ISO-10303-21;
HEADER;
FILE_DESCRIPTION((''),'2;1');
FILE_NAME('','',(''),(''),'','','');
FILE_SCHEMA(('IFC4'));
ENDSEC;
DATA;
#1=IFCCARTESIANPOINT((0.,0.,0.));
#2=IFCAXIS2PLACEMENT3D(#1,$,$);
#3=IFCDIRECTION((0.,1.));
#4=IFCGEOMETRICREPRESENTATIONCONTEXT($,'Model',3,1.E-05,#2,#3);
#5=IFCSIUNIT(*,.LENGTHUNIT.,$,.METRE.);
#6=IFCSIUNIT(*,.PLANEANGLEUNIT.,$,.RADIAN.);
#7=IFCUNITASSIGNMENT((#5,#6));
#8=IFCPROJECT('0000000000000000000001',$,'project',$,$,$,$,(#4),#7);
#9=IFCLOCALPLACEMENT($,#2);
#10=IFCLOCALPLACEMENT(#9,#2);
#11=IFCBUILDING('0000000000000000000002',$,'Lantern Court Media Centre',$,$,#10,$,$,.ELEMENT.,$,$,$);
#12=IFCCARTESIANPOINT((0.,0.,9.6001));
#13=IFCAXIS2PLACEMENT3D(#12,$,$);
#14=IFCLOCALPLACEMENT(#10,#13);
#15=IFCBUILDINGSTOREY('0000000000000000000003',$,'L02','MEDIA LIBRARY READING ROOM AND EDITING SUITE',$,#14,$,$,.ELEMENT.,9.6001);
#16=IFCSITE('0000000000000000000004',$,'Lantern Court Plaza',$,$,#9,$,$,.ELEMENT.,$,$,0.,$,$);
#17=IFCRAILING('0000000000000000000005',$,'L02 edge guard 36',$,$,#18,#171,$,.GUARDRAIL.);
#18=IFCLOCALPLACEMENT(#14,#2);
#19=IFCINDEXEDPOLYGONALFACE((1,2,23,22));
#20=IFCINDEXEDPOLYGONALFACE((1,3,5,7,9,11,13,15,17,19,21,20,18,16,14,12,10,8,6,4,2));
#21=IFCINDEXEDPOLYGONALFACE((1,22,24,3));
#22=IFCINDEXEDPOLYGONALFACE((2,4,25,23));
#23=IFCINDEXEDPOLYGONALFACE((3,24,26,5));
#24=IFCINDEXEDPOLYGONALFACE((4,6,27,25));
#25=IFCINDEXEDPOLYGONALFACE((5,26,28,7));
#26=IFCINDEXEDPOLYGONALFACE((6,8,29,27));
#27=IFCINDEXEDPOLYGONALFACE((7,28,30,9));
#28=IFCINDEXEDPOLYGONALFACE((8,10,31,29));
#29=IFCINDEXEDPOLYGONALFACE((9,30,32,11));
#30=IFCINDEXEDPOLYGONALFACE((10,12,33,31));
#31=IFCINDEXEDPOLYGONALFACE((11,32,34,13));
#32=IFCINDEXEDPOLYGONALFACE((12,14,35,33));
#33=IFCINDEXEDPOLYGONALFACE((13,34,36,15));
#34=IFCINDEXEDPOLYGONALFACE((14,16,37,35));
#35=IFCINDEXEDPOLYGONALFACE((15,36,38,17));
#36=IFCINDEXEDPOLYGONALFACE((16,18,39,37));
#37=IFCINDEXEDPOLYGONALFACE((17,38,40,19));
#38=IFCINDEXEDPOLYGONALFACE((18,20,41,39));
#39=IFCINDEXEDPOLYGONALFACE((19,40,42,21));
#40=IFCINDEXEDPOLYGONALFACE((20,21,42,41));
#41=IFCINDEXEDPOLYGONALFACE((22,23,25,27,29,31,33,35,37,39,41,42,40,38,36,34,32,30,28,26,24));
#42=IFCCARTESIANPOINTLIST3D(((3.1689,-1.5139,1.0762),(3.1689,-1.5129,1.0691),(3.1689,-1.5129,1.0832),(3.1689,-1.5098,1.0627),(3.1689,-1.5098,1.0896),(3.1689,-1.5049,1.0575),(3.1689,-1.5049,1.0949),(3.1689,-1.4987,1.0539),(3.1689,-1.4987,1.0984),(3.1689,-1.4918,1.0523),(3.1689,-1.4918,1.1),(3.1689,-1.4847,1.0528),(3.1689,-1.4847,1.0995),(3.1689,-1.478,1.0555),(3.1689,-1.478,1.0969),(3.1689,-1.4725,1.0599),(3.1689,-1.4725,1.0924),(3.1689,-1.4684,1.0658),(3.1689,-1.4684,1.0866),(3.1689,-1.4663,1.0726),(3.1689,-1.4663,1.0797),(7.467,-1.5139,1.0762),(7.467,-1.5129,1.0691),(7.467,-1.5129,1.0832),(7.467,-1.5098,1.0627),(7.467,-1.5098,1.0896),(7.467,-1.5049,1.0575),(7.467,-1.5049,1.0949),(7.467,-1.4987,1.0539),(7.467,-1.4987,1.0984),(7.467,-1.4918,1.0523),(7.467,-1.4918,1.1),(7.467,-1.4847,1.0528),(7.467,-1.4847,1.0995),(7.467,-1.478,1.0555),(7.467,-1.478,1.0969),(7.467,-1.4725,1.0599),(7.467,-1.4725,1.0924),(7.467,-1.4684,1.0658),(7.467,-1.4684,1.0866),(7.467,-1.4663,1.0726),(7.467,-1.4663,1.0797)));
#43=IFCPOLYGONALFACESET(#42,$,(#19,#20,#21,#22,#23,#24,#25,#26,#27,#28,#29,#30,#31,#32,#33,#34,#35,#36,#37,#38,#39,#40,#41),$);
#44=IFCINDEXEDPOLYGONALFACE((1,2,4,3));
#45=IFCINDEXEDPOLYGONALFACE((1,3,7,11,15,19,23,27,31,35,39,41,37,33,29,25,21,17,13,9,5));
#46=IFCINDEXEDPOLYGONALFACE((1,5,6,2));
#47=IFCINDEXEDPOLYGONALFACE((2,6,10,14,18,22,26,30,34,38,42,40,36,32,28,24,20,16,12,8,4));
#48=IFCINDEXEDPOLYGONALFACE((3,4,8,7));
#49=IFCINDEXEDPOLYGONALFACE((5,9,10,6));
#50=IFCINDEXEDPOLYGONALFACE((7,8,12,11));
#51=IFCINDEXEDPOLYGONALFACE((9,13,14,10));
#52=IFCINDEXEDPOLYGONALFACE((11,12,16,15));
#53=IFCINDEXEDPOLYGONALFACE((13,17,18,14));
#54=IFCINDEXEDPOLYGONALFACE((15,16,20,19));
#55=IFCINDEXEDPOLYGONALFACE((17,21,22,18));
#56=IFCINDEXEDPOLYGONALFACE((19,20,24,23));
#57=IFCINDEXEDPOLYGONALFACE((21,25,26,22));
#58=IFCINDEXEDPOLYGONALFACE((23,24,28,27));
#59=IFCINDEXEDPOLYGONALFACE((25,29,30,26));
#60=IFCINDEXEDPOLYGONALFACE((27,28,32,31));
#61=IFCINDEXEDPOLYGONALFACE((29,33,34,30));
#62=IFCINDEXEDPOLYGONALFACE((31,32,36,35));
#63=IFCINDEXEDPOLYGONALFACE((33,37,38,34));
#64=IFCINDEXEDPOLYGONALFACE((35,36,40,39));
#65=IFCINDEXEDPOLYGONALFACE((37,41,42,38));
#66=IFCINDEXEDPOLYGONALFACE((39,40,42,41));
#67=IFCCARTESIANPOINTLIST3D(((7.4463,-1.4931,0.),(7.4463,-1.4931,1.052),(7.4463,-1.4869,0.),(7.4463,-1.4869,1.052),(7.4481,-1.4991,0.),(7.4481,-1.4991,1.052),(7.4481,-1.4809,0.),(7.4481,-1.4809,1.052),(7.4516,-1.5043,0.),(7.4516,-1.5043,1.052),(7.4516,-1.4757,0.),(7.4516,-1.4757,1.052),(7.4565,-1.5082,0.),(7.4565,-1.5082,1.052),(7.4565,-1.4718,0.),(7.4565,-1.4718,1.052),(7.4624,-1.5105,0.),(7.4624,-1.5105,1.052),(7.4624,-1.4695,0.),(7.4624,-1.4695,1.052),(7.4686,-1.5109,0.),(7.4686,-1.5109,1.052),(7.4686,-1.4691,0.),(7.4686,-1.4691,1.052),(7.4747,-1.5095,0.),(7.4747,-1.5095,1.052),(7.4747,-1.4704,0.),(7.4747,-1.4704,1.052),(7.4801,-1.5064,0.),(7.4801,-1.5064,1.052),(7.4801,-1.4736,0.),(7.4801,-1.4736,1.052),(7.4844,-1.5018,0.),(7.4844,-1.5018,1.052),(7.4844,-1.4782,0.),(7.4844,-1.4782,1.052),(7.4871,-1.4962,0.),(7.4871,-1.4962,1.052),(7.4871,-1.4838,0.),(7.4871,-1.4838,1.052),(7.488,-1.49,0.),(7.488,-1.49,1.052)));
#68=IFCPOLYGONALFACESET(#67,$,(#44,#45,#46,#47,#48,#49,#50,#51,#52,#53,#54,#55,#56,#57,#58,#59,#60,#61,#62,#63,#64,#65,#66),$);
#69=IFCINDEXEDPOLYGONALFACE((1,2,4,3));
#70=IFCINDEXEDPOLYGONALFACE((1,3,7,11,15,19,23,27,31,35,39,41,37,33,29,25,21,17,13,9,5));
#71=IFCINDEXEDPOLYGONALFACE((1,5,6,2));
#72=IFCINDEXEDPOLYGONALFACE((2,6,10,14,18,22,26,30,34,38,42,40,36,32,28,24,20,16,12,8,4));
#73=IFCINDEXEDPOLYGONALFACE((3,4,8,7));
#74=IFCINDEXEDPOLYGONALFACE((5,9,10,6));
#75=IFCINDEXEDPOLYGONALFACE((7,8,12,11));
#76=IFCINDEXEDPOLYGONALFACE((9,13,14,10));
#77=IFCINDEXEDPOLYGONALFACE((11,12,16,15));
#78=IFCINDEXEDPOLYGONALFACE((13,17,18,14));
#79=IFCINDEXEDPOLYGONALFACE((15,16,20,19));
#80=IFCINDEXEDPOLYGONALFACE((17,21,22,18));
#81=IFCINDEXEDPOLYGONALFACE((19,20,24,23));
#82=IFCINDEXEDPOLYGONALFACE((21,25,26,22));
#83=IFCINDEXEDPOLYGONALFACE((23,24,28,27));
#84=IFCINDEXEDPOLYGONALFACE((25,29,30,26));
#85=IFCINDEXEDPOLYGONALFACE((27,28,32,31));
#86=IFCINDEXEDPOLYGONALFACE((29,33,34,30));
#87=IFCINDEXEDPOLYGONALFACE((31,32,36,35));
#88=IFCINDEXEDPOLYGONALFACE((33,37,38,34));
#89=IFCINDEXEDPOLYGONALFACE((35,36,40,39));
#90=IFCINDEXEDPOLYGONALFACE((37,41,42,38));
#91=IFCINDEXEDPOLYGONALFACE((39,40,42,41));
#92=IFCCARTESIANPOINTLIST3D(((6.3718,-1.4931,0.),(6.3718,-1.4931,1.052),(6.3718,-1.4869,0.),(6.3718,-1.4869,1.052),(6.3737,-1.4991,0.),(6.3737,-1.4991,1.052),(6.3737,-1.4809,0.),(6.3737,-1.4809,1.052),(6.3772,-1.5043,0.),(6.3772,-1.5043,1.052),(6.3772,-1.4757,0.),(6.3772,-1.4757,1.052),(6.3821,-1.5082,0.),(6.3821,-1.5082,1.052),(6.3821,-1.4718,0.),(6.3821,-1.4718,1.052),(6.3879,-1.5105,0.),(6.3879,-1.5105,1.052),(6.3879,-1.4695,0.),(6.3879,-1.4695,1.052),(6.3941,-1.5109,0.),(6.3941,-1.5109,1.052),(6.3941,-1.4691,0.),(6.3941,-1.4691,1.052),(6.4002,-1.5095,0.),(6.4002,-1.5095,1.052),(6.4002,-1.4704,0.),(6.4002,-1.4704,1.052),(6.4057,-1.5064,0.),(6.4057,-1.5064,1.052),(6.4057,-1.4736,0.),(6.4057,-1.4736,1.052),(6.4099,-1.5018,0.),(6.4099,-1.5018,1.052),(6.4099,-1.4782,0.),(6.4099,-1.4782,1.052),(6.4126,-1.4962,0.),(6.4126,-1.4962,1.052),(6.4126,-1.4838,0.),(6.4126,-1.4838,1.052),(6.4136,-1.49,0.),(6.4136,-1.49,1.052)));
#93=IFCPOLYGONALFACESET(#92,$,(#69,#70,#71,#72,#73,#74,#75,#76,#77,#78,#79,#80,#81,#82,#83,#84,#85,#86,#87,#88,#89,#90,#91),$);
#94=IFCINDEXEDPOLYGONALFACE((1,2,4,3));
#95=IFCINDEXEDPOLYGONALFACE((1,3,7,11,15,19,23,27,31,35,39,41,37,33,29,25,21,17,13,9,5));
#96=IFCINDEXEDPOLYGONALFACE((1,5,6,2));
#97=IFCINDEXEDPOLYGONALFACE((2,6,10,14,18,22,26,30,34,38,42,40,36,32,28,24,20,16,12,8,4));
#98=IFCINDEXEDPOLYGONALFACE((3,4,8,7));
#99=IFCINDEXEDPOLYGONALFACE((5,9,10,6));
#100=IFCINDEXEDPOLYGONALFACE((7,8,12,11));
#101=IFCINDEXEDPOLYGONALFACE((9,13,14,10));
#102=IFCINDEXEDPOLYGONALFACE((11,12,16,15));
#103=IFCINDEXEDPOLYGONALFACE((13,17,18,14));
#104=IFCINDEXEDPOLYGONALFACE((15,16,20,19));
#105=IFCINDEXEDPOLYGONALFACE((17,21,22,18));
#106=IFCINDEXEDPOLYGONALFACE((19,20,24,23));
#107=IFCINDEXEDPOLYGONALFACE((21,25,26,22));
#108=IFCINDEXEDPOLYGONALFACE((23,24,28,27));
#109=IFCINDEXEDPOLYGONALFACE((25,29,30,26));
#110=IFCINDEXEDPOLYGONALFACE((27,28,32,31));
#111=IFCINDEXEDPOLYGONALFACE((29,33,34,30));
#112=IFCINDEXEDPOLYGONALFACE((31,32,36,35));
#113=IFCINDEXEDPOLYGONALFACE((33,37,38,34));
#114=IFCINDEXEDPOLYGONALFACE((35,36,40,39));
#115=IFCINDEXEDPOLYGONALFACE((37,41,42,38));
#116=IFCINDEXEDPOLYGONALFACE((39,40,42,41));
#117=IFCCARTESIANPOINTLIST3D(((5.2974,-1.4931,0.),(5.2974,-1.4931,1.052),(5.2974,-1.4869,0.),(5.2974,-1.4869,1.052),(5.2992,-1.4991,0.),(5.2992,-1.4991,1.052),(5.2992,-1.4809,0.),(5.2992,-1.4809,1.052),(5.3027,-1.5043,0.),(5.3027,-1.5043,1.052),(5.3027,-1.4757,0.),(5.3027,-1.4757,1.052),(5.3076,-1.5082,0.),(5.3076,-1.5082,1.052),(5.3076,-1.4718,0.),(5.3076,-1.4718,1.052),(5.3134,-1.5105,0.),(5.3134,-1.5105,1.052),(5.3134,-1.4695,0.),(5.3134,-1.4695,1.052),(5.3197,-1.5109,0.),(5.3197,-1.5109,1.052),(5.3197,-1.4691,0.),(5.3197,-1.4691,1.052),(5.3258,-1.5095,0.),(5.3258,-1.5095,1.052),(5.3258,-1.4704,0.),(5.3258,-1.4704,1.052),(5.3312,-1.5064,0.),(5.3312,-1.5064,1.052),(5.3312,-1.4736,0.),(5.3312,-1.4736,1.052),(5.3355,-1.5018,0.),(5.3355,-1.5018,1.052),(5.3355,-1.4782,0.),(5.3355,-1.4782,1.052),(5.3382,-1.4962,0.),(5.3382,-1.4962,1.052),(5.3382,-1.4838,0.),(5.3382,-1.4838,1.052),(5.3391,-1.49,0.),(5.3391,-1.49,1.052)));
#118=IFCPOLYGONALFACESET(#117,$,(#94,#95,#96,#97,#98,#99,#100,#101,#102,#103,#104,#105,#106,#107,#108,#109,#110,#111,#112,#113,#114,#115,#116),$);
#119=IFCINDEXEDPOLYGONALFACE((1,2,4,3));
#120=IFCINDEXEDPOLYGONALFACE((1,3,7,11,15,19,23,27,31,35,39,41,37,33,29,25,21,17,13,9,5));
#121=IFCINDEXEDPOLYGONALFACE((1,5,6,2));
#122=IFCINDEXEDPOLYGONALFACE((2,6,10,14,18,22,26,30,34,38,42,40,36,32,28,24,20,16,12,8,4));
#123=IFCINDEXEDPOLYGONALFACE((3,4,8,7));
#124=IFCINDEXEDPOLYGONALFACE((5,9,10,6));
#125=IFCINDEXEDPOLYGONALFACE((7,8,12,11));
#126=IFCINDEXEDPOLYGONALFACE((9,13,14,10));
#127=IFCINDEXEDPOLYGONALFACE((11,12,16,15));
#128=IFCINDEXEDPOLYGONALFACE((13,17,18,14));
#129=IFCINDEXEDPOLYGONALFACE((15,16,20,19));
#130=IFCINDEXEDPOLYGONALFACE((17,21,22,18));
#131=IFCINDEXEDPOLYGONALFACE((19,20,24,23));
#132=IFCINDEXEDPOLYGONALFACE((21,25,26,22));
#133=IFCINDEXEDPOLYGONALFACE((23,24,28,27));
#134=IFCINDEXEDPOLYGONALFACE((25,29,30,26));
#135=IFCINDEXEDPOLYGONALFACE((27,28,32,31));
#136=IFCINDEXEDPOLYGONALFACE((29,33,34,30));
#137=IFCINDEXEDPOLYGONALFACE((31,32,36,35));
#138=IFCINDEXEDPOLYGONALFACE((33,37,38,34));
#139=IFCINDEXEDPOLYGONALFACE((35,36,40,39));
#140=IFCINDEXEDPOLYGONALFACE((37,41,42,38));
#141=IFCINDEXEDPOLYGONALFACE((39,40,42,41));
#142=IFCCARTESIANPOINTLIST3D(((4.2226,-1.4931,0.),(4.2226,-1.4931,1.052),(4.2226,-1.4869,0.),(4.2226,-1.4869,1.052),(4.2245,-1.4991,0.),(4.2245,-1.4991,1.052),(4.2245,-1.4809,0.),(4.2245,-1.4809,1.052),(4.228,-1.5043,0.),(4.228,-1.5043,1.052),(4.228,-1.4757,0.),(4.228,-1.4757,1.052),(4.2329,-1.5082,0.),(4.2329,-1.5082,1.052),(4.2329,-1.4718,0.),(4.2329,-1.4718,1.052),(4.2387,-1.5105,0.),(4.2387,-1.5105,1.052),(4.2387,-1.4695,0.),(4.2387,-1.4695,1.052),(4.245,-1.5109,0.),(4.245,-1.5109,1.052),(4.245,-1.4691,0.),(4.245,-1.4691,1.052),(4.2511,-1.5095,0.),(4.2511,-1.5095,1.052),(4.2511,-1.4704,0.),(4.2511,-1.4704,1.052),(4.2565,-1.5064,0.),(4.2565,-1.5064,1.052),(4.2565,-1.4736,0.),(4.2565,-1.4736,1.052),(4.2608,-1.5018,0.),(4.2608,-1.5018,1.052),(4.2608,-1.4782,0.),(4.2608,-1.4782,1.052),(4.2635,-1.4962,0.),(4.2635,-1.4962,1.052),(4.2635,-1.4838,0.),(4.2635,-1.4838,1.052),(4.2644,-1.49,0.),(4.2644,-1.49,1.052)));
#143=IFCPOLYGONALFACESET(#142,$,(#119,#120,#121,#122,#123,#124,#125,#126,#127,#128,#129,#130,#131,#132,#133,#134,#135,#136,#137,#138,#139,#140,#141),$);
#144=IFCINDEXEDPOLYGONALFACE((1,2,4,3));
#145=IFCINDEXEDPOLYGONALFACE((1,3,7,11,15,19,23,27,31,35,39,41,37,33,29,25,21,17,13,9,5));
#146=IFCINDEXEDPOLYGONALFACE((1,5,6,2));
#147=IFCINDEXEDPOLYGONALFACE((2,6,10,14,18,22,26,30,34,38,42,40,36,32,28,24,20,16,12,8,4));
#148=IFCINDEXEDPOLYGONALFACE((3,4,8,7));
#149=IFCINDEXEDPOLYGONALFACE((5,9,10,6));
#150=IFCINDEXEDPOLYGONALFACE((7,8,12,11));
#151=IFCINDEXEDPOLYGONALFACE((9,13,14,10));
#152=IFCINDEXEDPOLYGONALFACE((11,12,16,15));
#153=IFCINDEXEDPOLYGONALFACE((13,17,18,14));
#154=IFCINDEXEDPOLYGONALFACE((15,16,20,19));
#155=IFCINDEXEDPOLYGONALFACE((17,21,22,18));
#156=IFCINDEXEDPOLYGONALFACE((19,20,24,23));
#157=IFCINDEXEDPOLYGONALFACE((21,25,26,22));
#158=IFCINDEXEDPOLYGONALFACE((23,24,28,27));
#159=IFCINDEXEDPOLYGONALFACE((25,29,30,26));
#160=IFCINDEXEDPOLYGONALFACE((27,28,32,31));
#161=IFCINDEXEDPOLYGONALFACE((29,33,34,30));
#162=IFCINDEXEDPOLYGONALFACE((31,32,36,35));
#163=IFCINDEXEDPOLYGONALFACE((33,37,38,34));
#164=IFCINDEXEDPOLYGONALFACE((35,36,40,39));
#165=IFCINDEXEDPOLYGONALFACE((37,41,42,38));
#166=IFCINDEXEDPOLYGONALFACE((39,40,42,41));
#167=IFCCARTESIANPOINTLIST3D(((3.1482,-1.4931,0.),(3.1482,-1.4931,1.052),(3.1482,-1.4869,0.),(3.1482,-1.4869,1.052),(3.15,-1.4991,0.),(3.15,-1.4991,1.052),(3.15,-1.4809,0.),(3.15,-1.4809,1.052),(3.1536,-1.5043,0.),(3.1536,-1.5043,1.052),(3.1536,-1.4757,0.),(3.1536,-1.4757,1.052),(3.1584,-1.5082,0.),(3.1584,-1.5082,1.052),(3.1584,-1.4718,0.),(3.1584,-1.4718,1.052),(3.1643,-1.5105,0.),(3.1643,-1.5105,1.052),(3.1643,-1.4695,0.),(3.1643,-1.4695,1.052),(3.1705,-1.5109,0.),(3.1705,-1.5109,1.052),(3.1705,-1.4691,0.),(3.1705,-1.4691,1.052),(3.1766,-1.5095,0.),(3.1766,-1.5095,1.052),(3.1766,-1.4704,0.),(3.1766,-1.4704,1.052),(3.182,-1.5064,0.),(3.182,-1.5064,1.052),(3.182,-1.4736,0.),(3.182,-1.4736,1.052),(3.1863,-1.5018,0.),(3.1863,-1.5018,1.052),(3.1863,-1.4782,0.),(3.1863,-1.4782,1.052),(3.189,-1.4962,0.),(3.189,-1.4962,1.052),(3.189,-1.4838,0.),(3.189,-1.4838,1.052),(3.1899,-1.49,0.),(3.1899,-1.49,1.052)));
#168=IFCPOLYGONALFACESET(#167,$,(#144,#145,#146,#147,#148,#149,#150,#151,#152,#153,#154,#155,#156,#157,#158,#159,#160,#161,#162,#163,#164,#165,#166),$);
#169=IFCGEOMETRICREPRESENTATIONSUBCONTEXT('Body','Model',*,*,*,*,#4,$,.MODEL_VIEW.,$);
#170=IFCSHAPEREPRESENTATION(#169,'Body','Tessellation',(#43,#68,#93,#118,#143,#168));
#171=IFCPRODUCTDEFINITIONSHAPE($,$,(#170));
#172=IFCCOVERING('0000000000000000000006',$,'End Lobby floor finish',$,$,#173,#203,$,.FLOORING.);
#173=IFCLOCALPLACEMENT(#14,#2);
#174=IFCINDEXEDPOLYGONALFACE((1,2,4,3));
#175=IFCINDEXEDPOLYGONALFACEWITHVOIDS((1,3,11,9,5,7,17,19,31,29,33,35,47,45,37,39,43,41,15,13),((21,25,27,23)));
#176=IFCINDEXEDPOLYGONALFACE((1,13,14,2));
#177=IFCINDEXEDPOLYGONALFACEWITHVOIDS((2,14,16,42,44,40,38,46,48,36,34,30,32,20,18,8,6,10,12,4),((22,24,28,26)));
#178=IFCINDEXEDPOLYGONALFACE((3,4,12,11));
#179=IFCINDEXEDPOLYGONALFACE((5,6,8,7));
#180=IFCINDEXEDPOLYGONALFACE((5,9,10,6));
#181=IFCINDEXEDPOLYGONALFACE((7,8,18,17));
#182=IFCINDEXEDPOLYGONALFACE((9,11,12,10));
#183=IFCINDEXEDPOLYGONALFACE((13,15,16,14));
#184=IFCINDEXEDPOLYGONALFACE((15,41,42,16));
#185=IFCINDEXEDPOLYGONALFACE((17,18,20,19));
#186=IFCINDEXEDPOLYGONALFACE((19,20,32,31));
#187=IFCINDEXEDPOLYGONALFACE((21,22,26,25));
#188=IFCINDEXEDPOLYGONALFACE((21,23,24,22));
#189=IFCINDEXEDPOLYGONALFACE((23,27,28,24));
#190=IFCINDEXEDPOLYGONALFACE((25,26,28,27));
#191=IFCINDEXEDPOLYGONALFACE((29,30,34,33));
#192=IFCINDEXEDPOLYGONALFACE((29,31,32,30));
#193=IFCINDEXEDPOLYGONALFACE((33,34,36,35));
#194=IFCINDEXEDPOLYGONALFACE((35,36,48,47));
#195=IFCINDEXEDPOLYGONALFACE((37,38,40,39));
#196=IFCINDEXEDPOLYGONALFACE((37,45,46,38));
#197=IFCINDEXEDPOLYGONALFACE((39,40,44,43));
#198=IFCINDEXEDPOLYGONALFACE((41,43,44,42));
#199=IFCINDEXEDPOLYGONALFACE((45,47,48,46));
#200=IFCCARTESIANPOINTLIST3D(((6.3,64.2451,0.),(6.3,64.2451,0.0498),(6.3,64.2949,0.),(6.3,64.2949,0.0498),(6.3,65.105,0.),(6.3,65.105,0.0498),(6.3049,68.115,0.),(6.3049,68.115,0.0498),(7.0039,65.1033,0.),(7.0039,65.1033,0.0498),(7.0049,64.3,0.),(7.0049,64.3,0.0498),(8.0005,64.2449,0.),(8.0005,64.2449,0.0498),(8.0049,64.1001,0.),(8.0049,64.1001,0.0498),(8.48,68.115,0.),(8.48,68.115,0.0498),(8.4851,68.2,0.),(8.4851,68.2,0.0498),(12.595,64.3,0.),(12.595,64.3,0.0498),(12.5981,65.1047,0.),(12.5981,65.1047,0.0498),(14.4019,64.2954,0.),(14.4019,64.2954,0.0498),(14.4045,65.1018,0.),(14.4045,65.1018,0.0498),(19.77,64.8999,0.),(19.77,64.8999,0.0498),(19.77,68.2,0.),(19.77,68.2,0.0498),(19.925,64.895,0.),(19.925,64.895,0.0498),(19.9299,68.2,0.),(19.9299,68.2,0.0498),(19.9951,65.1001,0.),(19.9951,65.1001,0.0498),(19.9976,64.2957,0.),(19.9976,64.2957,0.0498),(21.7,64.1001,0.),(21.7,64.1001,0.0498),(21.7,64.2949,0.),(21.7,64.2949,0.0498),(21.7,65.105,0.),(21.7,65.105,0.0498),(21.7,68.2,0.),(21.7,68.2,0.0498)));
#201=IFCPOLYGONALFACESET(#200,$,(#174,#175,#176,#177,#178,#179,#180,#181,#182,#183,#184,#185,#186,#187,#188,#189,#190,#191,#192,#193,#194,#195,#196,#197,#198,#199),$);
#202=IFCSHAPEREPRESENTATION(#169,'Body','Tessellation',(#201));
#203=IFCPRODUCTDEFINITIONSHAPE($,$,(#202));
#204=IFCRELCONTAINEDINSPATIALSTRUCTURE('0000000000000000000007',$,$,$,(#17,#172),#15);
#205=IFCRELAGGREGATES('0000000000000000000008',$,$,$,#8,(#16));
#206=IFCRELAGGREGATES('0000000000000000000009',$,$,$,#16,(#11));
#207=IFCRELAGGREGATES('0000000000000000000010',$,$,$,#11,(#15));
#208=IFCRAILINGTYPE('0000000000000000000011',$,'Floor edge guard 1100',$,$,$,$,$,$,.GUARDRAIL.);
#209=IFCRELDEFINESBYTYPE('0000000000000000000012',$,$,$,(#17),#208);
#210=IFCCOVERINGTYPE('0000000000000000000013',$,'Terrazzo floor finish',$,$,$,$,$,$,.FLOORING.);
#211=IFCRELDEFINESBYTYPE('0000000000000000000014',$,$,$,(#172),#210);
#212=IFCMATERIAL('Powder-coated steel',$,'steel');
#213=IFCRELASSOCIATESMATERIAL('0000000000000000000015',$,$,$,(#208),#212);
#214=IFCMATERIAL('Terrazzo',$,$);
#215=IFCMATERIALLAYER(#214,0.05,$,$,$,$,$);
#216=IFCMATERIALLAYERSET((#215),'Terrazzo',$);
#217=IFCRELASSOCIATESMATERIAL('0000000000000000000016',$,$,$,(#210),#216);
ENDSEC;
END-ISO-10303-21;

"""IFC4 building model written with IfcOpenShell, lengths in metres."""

from ifc_helpers import new_model, si_unit, direction, frame, origin, origin_2d, place, context, subcontext, project, spatial, polyline, circle, outline, extrude, material, layer, layer_set, type_object, element, save


model = new_model("IFC4")

# Units and contexts
model_context = context("Model", 3, precision=1e-05, world=origin(), true_north=direction((0.0, 1.0)))
body_context = subcontext(model_context, "Body", "Model", "MODEL_VIEW")
ifc_project = project(units=[si_unit("LENGTHUNIT", "METRE"), si_unit("PLANEANGLEUNIT", "RADIAN")], contexts=[model_context])

# Site, building, storey
site_placement = place(None, origin())
site = spatial("IfcSite", under=ifc_project, at=site_placement, Name="Lantern Court Plaza", CompositionType="ELEMENT", RefElevation=0.0)
building_placement = place(site_placement, origin())
building = spatial("IfcBuilding", under=site, at=building_placement, Name="Lantern Court Media Centre", CompositionType="ELEMENT")
storey_placement = place(building_placement, frame((0.0, 0.0, 9.6001)))
storey = spatial("IfcBuildingStorey", under=building, at=storey_placement, Name="L02", Description="MEDIA LIBRARY READING ROOM AND EDITING SUITE", CompositionType="ELEMENT", Elevation=9.6001)

# Railing
ifc_material_1 = material(Name="Powder-coated steel", Category="steel")
railing_type = type_object("IfcRailingType", Name="Floor edge guard 1100", PredefinedType="GUARDRAIL", material=ifc_material_1)
railing_placement = place(storey_placement, frame((7.467, -1.49, 0.0)))
element("IfcRailing", 1, at=railing_placement, inside=storey, type_object=railing_type, Name="L02 edge guard 36", PredefinedType="GUARDRAIL", context=body_context, shape_type="SweptSolid", body=[
    extrude(circle(Radius=0.0239, at=origin_2d()), frame((0.0, 0.0, 1.0762), z_axis=(-1.0, 0.0, 0.0), x_axis=(0.0, -1.0, 0.0)), (0.0, 0.0, 1.0), 4.2981),
    extrude(circle(Radius=0.021, at=origin_2d()), origin(), (0.0, 0.0, 1.0), 1.052),
    extrude(circle(Radius=0.021, at=origin_2d()), frame((-1.0745, 0.0, 0.0)), (0.0, 0.0, 1.0), 1.052),
    extrude(circle(Radius=0.021, at=origin_2d()), frame((-2.1489, 0.0, 0.0)), (0.0, 0.0, 1.0), 1.052),
    extrude(circle(Radius=0.021, at=origin_2d()), frame((-3.2236, 0.0, 0.0)), (0.0, 0.0, 1.0), 1.052),
    extrude(circle(Radius=0.021, at=origin_2d()), frame((-4.2981, 0.0, 0.0)), (0.0, 0.0, 1.0), 1.052),
])

# Covering
ifc_material_2 = material(Name="Terrazzo")
ifc_layer_1 = layer(ifc_material_2, 0.05)
ifc_layer_set_1 = layer_set([ifc_layer_1], Name="Terrazzo")
covering_type_1 = type_object("IfcCoveringType", Name="Terrazzo floor finish", PredefinedType="FLOORING", material=ifc_layer_set_1)
covering_1_placement = place(storey_placement, origin())
element("IfcCovering", 2, at=covering_1_placement, inside=storey, type_object=covering_type_1, Name="End Lobby floor finish", PredefinedType="FLOORING", context=body_context, shape_type="SweptSolid", body=[
    extrude(outline(polyline([(21.7, 64.1001), (8.0049, 64.1001), (8.0005, 64.2449), (6.3, 64.2451), (6.3, 64.2949), (7.0049, 64.3), (7.0039, 65.1033), (6.3, 65.105), (6.3049, 68.115), (8.48, 68.115), (8.4851, 68.2), (19.77, 68.2), (19.77, 64.8999), (19.925, 64.895), (19.9299, 68.2), (21.7, 68.2), (21.7, 65.105), (19.9951, 65.1001), (19.9976, 64.2957), (21.7, 64.2949), (21.7, 64.1001)]), holes=[polyline([(12.595, 64.3), (14.4019, 64.2954), (14.4045, 65.1018), (12.5981, 65.1047), (12.595, 64.3)])]), origin(), (0.0, 0.0, 1.0), 0.0498),
])

save(model, "model.ifc")
